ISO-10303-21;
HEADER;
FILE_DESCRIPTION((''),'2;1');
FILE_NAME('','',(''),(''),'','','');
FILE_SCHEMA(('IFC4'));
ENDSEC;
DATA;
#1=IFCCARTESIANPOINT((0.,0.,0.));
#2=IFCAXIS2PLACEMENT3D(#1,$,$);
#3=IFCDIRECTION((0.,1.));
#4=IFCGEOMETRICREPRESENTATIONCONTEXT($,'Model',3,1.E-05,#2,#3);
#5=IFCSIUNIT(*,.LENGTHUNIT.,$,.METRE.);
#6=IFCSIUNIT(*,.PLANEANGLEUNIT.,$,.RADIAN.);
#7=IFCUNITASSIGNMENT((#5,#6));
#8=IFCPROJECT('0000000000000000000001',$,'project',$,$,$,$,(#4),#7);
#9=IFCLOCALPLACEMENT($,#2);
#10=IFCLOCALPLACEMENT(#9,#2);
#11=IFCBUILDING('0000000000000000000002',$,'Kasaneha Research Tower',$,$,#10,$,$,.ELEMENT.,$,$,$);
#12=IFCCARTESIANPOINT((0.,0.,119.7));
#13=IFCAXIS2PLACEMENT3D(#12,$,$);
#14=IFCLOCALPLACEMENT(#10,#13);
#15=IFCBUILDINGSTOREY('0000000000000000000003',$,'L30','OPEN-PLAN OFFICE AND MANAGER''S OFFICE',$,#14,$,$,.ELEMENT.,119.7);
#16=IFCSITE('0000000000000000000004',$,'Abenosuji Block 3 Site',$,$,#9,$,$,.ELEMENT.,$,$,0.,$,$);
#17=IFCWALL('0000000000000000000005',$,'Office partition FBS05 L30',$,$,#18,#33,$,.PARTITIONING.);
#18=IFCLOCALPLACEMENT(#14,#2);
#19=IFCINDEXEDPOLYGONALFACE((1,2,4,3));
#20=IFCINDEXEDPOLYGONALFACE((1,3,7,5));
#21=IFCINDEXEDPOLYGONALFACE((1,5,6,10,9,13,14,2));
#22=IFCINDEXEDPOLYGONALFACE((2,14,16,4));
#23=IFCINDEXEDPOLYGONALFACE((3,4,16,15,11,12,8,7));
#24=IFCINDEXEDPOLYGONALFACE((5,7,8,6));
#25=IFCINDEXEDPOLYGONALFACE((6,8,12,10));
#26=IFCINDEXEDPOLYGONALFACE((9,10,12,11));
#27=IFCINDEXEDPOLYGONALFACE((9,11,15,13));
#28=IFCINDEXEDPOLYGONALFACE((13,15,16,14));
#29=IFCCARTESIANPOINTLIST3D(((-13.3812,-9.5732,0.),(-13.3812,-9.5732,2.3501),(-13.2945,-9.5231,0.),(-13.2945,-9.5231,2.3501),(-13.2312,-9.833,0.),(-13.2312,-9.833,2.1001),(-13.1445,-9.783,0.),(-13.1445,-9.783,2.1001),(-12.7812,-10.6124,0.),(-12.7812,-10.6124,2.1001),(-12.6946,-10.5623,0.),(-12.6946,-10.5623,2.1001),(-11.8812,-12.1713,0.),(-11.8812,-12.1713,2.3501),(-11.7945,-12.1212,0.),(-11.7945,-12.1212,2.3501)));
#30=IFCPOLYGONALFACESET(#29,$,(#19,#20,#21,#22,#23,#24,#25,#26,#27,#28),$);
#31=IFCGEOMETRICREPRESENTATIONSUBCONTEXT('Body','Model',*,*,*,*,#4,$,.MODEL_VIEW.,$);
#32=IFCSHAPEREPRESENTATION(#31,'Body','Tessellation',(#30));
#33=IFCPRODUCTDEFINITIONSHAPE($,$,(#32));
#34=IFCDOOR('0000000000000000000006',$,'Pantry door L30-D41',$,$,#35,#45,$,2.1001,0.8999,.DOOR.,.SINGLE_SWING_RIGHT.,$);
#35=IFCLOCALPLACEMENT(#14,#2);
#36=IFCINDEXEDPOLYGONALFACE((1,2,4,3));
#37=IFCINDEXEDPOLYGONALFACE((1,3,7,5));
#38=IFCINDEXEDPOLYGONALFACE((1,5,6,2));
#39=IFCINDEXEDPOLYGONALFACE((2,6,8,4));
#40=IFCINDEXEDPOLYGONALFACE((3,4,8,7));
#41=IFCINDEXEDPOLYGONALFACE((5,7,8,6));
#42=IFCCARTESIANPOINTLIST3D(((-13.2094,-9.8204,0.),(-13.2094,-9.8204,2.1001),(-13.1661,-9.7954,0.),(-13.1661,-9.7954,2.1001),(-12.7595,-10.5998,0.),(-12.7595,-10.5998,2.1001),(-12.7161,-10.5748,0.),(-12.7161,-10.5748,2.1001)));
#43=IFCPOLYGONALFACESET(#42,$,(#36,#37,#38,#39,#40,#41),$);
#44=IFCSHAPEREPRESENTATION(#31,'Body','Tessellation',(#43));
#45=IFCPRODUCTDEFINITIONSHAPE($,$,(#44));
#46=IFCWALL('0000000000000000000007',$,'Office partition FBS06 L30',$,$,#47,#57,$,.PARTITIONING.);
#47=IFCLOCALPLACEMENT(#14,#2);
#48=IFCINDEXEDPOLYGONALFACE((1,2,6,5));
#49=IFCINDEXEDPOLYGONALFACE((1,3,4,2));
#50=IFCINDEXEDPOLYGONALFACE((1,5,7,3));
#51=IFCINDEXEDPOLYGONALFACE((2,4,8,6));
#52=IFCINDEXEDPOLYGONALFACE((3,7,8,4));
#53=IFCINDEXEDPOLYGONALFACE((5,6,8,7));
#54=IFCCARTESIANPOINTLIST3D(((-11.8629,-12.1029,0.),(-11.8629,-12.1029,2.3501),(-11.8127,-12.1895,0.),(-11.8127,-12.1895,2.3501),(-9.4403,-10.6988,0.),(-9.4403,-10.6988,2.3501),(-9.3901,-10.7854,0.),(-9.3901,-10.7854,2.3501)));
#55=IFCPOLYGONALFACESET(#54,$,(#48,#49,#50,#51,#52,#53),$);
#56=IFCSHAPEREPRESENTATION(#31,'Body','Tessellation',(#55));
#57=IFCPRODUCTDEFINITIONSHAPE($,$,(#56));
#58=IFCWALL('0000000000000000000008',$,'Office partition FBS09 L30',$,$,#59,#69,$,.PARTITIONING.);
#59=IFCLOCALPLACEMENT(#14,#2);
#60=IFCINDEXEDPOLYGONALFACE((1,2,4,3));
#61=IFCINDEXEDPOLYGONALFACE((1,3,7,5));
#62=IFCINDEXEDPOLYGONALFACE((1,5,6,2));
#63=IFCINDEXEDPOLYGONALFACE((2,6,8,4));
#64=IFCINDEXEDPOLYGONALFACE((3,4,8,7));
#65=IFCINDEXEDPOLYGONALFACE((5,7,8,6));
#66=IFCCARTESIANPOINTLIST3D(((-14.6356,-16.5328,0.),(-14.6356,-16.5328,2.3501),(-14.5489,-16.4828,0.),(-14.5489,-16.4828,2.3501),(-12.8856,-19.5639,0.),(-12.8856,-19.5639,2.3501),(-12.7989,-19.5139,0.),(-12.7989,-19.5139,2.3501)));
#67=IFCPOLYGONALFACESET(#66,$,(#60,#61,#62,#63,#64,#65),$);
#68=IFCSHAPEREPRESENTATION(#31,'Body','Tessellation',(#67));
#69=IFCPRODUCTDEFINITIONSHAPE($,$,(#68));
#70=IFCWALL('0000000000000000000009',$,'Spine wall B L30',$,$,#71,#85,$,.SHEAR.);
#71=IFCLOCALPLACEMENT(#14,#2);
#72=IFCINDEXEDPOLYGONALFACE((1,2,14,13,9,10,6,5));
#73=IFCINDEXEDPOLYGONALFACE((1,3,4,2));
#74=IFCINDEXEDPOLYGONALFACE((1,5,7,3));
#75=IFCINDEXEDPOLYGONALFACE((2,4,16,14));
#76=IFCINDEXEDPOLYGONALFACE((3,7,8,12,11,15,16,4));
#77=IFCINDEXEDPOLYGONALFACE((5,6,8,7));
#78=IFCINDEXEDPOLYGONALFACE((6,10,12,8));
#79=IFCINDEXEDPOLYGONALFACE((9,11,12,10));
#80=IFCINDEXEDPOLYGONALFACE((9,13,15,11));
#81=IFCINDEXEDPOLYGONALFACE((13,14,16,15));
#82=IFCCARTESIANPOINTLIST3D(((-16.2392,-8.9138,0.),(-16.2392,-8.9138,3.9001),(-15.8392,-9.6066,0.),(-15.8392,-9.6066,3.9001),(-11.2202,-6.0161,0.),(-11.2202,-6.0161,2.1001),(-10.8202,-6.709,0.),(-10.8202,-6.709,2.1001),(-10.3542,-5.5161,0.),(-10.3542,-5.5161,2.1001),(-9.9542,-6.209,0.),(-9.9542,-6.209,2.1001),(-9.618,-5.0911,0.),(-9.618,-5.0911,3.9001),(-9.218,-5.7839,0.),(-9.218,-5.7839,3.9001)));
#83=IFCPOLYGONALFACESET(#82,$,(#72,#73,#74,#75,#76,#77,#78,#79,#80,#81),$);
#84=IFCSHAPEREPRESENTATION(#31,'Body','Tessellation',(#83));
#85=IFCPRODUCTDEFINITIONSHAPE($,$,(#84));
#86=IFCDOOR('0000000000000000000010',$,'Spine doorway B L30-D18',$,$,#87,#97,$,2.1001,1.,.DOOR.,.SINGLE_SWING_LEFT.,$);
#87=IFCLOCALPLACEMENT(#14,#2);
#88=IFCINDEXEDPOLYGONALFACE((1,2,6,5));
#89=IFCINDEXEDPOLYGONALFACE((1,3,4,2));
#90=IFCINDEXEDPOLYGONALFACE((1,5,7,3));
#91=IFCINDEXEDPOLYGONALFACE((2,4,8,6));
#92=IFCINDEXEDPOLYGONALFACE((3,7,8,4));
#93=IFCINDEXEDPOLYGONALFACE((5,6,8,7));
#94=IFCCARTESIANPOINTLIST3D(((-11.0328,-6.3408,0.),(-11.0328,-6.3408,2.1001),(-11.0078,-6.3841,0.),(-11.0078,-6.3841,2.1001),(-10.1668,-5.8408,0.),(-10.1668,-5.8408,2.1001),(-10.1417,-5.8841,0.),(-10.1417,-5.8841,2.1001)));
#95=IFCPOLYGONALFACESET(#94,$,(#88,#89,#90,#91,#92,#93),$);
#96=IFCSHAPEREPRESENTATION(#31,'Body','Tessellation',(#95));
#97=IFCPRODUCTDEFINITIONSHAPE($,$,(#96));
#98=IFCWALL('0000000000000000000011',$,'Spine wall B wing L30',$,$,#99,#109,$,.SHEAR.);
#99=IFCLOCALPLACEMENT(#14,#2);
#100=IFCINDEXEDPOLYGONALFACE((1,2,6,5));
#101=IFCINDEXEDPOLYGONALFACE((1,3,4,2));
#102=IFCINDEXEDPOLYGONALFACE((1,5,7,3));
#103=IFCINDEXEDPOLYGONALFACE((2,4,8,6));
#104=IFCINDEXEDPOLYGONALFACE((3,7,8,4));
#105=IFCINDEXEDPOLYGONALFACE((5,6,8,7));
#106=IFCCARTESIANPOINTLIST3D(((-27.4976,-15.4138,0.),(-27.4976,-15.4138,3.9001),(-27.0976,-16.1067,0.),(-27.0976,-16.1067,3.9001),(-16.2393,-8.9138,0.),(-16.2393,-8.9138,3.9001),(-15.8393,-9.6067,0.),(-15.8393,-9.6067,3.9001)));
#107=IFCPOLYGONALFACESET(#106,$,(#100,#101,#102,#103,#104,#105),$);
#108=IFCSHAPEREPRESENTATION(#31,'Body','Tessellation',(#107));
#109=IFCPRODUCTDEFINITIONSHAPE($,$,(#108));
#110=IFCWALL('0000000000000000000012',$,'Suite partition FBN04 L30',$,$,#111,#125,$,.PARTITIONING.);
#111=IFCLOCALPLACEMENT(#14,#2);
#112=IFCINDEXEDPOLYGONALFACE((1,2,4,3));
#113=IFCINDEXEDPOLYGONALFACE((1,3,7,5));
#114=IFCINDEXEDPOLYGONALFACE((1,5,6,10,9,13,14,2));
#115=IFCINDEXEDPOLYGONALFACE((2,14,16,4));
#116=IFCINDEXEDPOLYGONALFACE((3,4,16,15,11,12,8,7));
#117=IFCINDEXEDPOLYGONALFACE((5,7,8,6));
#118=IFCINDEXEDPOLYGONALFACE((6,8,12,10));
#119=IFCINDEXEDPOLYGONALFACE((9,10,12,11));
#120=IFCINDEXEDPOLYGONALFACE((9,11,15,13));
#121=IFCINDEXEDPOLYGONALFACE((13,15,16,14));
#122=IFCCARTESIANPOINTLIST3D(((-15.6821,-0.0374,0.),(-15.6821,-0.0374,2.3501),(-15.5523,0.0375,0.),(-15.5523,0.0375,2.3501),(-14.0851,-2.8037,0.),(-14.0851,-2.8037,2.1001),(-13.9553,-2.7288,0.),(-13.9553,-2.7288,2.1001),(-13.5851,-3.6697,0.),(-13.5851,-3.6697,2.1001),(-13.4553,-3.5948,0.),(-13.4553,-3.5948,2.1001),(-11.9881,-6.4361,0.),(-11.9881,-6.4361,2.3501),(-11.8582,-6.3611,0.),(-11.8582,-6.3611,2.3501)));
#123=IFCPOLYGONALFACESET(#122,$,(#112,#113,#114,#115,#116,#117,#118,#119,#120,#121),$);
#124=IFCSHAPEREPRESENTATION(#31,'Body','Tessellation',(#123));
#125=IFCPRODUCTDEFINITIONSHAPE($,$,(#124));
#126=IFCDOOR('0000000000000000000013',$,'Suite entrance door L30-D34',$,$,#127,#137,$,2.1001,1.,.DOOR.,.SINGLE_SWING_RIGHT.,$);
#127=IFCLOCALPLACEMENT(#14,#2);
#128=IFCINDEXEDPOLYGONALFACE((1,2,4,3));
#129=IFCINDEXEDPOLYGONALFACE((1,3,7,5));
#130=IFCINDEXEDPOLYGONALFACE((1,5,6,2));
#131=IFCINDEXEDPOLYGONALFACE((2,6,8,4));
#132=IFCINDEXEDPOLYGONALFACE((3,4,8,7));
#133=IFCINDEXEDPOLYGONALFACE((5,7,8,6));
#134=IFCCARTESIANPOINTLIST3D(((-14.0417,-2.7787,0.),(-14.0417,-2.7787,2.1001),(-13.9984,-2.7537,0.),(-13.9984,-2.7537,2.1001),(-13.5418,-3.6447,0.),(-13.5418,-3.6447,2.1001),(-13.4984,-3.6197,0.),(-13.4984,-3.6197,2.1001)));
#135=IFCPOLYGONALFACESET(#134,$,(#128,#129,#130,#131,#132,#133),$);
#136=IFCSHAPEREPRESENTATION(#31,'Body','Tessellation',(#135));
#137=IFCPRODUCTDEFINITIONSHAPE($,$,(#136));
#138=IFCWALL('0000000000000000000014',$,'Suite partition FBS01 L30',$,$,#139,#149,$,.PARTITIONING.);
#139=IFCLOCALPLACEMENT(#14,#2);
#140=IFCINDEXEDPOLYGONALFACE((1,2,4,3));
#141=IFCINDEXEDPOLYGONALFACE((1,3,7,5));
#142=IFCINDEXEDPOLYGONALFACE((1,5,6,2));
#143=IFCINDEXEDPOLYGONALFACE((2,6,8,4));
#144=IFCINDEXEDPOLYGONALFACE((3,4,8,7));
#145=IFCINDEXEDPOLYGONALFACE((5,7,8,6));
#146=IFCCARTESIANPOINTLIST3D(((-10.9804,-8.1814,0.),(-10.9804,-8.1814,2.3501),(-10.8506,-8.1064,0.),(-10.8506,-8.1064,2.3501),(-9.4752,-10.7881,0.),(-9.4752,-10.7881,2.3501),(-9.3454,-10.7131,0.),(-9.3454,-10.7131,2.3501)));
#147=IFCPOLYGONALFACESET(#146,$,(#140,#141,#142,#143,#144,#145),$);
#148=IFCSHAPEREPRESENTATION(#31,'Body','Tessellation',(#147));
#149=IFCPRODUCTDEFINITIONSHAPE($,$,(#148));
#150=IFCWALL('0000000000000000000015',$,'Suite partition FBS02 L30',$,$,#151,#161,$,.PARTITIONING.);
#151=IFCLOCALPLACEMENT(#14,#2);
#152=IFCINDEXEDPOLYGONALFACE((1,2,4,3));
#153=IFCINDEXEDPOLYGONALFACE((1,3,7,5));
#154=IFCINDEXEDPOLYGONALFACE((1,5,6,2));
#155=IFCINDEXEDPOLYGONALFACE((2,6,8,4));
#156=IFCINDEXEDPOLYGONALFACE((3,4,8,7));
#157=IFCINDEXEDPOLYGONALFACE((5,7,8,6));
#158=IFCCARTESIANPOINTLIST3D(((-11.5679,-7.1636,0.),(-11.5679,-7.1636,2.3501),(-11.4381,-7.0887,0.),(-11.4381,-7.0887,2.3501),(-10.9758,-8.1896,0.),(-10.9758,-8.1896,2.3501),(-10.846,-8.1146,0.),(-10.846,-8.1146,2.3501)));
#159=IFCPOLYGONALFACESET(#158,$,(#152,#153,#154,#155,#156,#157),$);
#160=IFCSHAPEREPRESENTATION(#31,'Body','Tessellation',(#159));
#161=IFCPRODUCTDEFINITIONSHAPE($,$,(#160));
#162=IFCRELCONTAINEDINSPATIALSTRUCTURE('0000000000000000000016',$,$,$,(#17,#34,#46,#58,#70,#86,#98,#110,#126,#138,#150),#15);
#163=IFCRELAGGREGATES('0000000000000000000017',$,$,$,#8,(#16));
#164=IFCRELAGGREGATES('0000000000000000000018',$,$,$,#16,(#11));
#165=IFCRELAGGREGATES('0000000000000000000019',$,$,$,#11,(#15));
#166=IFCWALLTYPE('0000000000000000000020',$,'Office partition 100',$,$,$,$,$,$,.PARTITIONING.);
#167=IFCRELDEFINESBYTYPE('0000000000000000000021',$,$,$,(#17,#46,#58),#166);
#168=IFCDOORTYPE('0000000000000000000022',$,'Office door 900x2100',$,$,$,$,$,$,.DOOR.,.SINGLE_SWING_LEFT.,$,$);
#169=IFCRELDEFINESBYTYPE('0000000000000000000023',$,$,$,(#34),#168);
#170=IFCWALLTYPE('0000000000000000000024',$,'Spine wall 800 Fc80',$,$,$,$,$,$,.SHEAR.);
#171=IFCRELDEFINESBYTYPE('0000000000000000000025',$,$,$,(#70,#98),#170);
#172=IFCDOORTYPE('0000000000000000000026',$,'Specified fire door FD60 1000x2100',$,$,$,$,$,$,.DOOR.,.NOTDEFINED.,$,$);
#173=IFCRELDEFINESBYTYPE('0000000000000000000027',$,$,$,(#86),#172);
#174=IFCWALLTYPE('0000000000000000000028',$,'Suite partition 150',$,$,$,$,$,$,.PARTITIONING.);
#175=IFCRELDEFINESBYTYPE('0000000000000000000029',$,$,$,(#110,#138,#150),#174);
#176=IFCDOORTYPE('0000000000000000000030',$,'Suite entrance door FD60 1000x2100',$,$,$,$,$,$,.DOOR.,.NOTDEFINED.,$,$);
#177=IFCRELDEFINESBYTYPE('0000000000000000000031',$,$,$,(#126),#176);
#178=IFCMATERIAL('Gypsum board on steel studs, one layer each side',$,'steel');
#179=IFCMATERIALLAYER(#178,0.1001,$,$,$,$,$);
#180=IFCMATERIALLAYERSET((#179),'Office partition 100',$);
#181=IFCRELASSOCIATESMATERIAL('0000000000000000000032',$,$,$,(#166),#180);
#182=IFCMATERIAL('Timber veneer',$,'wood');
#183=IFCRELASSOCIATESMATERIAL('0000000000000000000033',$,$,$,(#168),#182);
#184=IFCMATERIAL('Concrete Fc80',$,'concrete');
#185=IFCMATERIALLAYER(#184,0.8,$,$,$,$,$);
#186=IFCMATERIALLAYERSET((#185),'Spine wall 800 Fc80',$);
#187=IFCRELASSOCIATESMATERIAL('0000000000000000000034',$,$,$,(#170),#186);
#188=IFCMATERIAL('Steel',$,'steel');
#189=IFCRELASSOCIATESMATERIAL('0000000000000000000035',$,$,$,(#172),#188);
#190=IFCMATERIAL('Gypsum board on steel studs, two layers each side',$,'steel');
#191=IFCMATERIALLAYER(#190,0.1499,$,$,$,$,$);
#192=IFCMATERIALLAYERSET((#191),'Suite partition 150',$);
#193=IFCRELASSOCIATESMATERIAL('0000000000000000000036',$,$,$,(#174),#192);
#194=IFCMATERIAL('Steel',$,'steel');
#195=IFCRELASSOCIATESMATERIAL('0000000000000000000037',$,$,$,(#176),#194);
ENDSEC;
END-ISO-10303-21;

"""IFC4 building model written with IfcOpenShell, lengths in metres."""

from ifc_helpers import new_model, si_unit, direction, frame, frame_2d, origin, place, context, subcontext, project, spatial, rectangle, extrude, material, layer, layer_set, type_object, element, fill, save


model = new_model("IFC4")

# Units and contexts
model_context = context("Model", 3, precision=1e-05, world=origin(), true_north=direction((0.0, 1.0)))
body_context = subcontext(model_context, "Body", "Model", "MODEL_VIEW")
ifc_project = project(units=[si_unit("LENGTHUNIT", "METRE"), si_unit("PLANEANGLEUNIT", "RADIAN")], contexts=[model_context])

# Site, building, storey
site_placement = place(None, origin())
site = spatial("IfcSite", under=ifc_project, at=site_placement, Name="Abenosuji Block 3 Site", CompositionType="ELEMENT", RefElevation=0.0)
building_placement = place(site_placement, origin())
building = spatial("IfcBuilding", under=site, at=building_placement, Name="Kasaneha Research Tower", CompositionType="ELEMENT")
storey_placement = place(building_placement, frame((0.0, 0.0, 119.7)))
storey = spatial("IfcBuildingStorey", under=building, at=storey_placement, Name="L30", Description="OPEN-PLAN OFFICE AND MANAGER'S OFFICE", CompositionType="ELEMENT", Elevation=119.7)

# Shared definitions
ifc_material_1 = material(Name="Gypsum board on steel studs, one layer each side", Category="steel")
ifc_layer_1 = layer(ifc_material_1, 0.1001)
ifc_layer_set_1 = layer_set([ifc_layer_1], Name="Office partition 100")
wall_type_1 = type_object("IfcWallType", Name="Office partition 100", PredefinedType="PARTITIONING", material=ifc_layer_set_1)

# Wall, opening, door
wall_1_placement = place(storey_placement, frame((-11.8379, -12.1462, 0.0), z_axis=(0.0, 0.0, 1.0), x_axis=(-0.49999, 0.866031, 0.0)))
wall_1 = element("IfcWall", 1, at=wall_1_placement, inside=storey, type_object=wall_type_1, Name="Office partition FBS05 L30", PredefinedType="PARTITIONING", context=body_context, shape_type="SweptSolid", body=[
    extrude(rectangle(XDim=3.0, YDim=0.1001, at=frame_2d((1.5, 0.0))), origin(), (0.0, 0.0, 1.0), 2.3501),
])
opening_1_placement = place(wall_1_placement, frame((1.8, 0.0, 0.0)))
opening_1 = element("IfcOpeningElement", 2, at=opening_1_placement, cuts=wall_1, PredefinedType="OPENING", context=body_context, shape_type="SweptSolid", body=[
    extrude(rectangle(XDim=0.8999, YDim=2.1001, at=frame_2d((0.45, 1.05))), frame((0.0, 0.0601, 0.0), z_axis=(0.0, -1.0, 0.0), x_axis=(1.0, 0.0, 0.0)), (0.0, 0.0, 1.0), 0.1201),
])
ifc_material_2 = material(Name="Timber veneer", Category="wood")
door_type_1 = type_object("IfcDoorType", Name="Office door 900x2100", OperationType="SINGLE_SWING_LEFT", PredefinedType="DOOR", material=ifc_material_2)
door_1_placement = place(opening_1_placement, origin())
door_1 = element("IfcDoor", 3, at=door_1_placement, inside=storey, type_object=door_type_1, Name="Pantry door L30-D41", OperationType="SINGLE_SWING_RIGHT", OverallHeight=2.1001, OverallWidth=0.8999, PredefinedType="DOOR", context=body_context, shape_type="SweptSolid", body=[
    extrude(rectangle(XDim=0.8999, YDim=2.1001, at=frame_2d((0.45, 1.05))), frame((0.0, 0.0249, 0.0), z_axis=(0.0, -1.0, 0.0), x_axis=(1.0, 0.0, 0.0)), (0.0, 0.0, 1.0), 0.05),
])
fill(opening_1, door_1)

# Walls
wall_2_placement = place(storey_placement, frame((-9.4153, -10.7422, 0.0), z_axis=(0.0, 0.0, 1.0), x_axis=(-0.865195, -0.501435, 0.0)))
element("IfcWall", 4, at=wall_2_placement, inside=storey, type_object=wall_type_1, Name="Office partition FBS06 L30", PredefinedType="PARTITIONING", context=body_context, shape_type="SweptSolid", body=[
    extrude(rectangle(XDim=2.8, YDim=0.1001, at=frame_2d((1.3999, 0.0))), origin(), (0.0, 0.0, 1.0), 2.3501),
])
wall_3_placement = place(storey_placement, frame((-14.5923, -16.5078, 0.0), z_axis=(0.0, 0.0, 1.0), x_axis=(0.50001, -0.866019, 0.0)))
element("IfcWall", 5, at=wall_3_placement, inside=storey, type_object=wall_type_1, Name="Office partition FBS09 L30", PredefinedType="PARTITIONING", context=body_context, shape_type="SweptSolid", body=[
    extrude(rectangle(XDim=3.5, YDim=0.1001, at=frame_2d((1.75, 0.0))), origin(), (0.0, 0.0, 1.0), 2.3501),
])

# Wall, opening, door
ifc_material_3 = material(Name="Concrete Fc80", Category="concrete")
ifc_layer_2 = layer(ifc_material_3, 0.8)
ifc_layer_set_2 = layer_set([ifc_layer_2], Name="Spine wall 800 Fc80")
wall_type_2 = type_object("IfcWallType", Name="Spine wall 800 Fc80", PredefinedType="SHEAR", material=ifc_layer_set_2)
wall_4_placement = place(storey_placement, frame((-9.418, -5.4375, 0.0), z_axis=(0.0, 0.0, 1.0), x_axis=(-0.86603, -0.499992, 0.0)))
wall_4 = element("IfcWall", 6, at=wall_4_placement, inside=storey, type_object=wall_type_2, Name="Spine wall B L30", PredefinedType="SHEAR", context=body_context, shape_type="SweptSolid", body=[
    extrude(rectangle(XDim=7.6455, YDim=0.8, at=frame_2d((3.8228, 0.0))), origin(), (0.0, 0.0, 1.0), 3.9001),
])
opening_2_placement = place(wall_4_placement, frame((0.8501, 0.0, 0.0)))
opening_2 = element("IfcOpeningElement", 7, at=opening_2_placement, cuts=wall_4, PredefinedType="OPENING", context=body_context, shape_type="SweptSolid", body=[
    extrude(rectangle(XDim=1.0, YDim=2.1001, at=frame_2d((0.5, 1.05))), frame((0.0, 0.4102, 0.0), z_axis=(0.0, -1.0, 0.0), x_axis=(1.0, 0.0, 0.0)), (0.0, 0.0, 1.0), 0.8201),
])
ifc_material_4 = material(Name="Steel", Category="steel")
door_type_2 = type_object("IfcDoorType", Name="Specified fire door FD60 1000x2100", OperationType="NOTDEFINED", PredefinedType="DOOR", material=ifc_material_4)
door_2_placement = place(opening_2_placement, origin())
door_2 = element("IfcDoor", 8, at=door_2_placement, inside=storey, type_object=door_type_2, Name="Spine doorway B L30-D18", OperationType="SINGLE_SWING_LEFT", OverallHeight=2.1001, OverallWidth=1.0, PredefinedType="DOOR", context=body_context, shape_type="SweptSolid", body=[
    extrude(rectangle(XDim=1.0, YDim=2.1001, at=frame_2d((0.5, 1.05))), frame((0.0, 0.0249, 0.0), z_axis=(0.0, -1.0, 0.0), x_axis=(1.0, 0.0, 0.0)), (0.0, 0.0, 1.0), 0.05),
])
fill(opening_2, door_2)

# Wall
wall_5_placement = place(storey_placement, frame((-16.0393, -9.2603, 0.0), z_axis=(0.0, 0.0, 1.0), x_axis=(-0.866025, -0.500001, 0.0)))
element("IfcWall", 9, at=wall_5_placement, inside=storey, type_object=wall_type_2, Name="Spine wall B wing L30", PredefinedType="SHEAR", context=body_context, shape_type="SweptSolid", body=[
    extrude(rectangle(XDim=13.0, YDim=0.8, at=frame_2d((6.5, 0.0))), origin(), (0.0, 0.0, 1.0), 3.9001),
])

# Wall, opening, door
ifc_material_5 = material(Name="Gypsum board on steel studs, two layers each side", Category="steel")
ifc_layer_3 = layer(ifc_material_5, 0.1499)
ifc_layer_set_3 = layer_set([ifc_layer_3], Name="Suite partition 150")
wall_type_3 = type_object("IfcWallType", Name="Suite partition 150", PredefinedType="PARTITIONING", material=ifc_layer_set_3)
wall_6_placement = place(storey_placement, frame((-11.9231, -6.3987, 0.0), z_axis=(0.0, 0.0, 1.0), x_axis=(-0.499981, 0.866036, 0.0)))
wall_6 = element("IfcWall", 10, at=wall_6_placement, inside=storey, type_object=wall_type_3, Name="Suite partition FBN04 L30", PredefinedType="PARTITIONING", context=body_context, shape_type="SweptSolid", body=[
    extrude(rectangle(XDim=7.3884, YDim=0.1499, at=frame_2d((3.6943, 0.0))), origin(), (0.0, 0.0, 1.0), 2.3501),
])
opening_3_placement = place(wall_6_placement, frame((3.1943, 0.0, 0.0)))
opening_3 = element("IfcOpeningElement", 11, at=opening_3_placement, cuts=wall_6, PredefinedType="OPENING", context=body_context, shape_type="SweptSolid", body=[
    extrude(rectangle(XDim=1.0, YDim=2.1001, at=frame_2d((0.5, 1.05))), frame((0.0, 0.085, 0.0), z_axis=(0.0, -1.0, 0.0), x_axis=(1.0, 0.0, 0.0)), (0.0, 0.0, 1.0), 0.1699),
])
ifc_material_6 = material(Name="Steel", Category="steel")
door_type_3 = type_object("IfcDoorType", Name="Suite entrance door FD60 1000x2100", OperationType="NOTDEFINED", PredefinedType="DOOR", material=ifc_material_6)
door_3_placement = place(opening_3_placement, origin())
door_3 = element("IfcDoor", 12, at=door_3_placement, inside=storey, type_object=door_type_3, Name="Suite entrance door L30-D34", OperationType="SINGLE_SWING_RIGHT", OverallHeight=2.1001, OverallWidth=1.0, PredefinedType="DOOR", context=body_context, shape_type="SweptSolid", body=[
    extrude(rectangle(XDim=1.0, YDim=2.1001, at=frame_2d((0.5, 1.05))), frame((0.0, 0.0249, 0.0), z_axis=(0.0, -1.0, 0.0), x_axis=(1.0, 0.0, 0.0)), (0.0, 0.0, 1.0), 0.05),
])
fill(opening_3, door_3)

# Walls
wall_7_placement = place(storey_placement, frame((-9.4104, -10.7505, 0.0), z_axis=(0.0, 0.0, 1.0), x_axis=(-0.500038, 0.866003, 0.0)))
element("IfcWall", 13, at=wall_7_placement, inside=storey, type_object=wall_type_3, Name="Suite partition FBS01 L30", PredefinedType="PARTITIONING", context=body_context, shape_type="SweptSolid", body=[
    extrude(rectangle(XDim=3.01, YDim=0.1499, at=frame_2d((1.5049, 0.0))), origin(), (0.0, 0.0, 1.0), 2.3501),
])
wall_8_placement = place(storey_placement, frame((-10.9109, -8.1521, 0.0), z_axis=(0.0, 0.0, 1.0), x_axis=(-0.499841, 0.866117, 0.0)))
element("IfcWall", 14, at=wall_8_placement, inside=storey, type_object=wall_type_3, Name="Suite partition FBS02 L30", PredefinedType="PARTITIONING", context=body_context, shape_type="SweptSolid", body=[
    extrude(rectangle(XDim=1.1846, YDim=0.1499, at=frame_2d((0.5923, 0.0))), origin(), (0.0, 0.0, 1.0), 2.3501),
])

save(model, "model.ifc")
